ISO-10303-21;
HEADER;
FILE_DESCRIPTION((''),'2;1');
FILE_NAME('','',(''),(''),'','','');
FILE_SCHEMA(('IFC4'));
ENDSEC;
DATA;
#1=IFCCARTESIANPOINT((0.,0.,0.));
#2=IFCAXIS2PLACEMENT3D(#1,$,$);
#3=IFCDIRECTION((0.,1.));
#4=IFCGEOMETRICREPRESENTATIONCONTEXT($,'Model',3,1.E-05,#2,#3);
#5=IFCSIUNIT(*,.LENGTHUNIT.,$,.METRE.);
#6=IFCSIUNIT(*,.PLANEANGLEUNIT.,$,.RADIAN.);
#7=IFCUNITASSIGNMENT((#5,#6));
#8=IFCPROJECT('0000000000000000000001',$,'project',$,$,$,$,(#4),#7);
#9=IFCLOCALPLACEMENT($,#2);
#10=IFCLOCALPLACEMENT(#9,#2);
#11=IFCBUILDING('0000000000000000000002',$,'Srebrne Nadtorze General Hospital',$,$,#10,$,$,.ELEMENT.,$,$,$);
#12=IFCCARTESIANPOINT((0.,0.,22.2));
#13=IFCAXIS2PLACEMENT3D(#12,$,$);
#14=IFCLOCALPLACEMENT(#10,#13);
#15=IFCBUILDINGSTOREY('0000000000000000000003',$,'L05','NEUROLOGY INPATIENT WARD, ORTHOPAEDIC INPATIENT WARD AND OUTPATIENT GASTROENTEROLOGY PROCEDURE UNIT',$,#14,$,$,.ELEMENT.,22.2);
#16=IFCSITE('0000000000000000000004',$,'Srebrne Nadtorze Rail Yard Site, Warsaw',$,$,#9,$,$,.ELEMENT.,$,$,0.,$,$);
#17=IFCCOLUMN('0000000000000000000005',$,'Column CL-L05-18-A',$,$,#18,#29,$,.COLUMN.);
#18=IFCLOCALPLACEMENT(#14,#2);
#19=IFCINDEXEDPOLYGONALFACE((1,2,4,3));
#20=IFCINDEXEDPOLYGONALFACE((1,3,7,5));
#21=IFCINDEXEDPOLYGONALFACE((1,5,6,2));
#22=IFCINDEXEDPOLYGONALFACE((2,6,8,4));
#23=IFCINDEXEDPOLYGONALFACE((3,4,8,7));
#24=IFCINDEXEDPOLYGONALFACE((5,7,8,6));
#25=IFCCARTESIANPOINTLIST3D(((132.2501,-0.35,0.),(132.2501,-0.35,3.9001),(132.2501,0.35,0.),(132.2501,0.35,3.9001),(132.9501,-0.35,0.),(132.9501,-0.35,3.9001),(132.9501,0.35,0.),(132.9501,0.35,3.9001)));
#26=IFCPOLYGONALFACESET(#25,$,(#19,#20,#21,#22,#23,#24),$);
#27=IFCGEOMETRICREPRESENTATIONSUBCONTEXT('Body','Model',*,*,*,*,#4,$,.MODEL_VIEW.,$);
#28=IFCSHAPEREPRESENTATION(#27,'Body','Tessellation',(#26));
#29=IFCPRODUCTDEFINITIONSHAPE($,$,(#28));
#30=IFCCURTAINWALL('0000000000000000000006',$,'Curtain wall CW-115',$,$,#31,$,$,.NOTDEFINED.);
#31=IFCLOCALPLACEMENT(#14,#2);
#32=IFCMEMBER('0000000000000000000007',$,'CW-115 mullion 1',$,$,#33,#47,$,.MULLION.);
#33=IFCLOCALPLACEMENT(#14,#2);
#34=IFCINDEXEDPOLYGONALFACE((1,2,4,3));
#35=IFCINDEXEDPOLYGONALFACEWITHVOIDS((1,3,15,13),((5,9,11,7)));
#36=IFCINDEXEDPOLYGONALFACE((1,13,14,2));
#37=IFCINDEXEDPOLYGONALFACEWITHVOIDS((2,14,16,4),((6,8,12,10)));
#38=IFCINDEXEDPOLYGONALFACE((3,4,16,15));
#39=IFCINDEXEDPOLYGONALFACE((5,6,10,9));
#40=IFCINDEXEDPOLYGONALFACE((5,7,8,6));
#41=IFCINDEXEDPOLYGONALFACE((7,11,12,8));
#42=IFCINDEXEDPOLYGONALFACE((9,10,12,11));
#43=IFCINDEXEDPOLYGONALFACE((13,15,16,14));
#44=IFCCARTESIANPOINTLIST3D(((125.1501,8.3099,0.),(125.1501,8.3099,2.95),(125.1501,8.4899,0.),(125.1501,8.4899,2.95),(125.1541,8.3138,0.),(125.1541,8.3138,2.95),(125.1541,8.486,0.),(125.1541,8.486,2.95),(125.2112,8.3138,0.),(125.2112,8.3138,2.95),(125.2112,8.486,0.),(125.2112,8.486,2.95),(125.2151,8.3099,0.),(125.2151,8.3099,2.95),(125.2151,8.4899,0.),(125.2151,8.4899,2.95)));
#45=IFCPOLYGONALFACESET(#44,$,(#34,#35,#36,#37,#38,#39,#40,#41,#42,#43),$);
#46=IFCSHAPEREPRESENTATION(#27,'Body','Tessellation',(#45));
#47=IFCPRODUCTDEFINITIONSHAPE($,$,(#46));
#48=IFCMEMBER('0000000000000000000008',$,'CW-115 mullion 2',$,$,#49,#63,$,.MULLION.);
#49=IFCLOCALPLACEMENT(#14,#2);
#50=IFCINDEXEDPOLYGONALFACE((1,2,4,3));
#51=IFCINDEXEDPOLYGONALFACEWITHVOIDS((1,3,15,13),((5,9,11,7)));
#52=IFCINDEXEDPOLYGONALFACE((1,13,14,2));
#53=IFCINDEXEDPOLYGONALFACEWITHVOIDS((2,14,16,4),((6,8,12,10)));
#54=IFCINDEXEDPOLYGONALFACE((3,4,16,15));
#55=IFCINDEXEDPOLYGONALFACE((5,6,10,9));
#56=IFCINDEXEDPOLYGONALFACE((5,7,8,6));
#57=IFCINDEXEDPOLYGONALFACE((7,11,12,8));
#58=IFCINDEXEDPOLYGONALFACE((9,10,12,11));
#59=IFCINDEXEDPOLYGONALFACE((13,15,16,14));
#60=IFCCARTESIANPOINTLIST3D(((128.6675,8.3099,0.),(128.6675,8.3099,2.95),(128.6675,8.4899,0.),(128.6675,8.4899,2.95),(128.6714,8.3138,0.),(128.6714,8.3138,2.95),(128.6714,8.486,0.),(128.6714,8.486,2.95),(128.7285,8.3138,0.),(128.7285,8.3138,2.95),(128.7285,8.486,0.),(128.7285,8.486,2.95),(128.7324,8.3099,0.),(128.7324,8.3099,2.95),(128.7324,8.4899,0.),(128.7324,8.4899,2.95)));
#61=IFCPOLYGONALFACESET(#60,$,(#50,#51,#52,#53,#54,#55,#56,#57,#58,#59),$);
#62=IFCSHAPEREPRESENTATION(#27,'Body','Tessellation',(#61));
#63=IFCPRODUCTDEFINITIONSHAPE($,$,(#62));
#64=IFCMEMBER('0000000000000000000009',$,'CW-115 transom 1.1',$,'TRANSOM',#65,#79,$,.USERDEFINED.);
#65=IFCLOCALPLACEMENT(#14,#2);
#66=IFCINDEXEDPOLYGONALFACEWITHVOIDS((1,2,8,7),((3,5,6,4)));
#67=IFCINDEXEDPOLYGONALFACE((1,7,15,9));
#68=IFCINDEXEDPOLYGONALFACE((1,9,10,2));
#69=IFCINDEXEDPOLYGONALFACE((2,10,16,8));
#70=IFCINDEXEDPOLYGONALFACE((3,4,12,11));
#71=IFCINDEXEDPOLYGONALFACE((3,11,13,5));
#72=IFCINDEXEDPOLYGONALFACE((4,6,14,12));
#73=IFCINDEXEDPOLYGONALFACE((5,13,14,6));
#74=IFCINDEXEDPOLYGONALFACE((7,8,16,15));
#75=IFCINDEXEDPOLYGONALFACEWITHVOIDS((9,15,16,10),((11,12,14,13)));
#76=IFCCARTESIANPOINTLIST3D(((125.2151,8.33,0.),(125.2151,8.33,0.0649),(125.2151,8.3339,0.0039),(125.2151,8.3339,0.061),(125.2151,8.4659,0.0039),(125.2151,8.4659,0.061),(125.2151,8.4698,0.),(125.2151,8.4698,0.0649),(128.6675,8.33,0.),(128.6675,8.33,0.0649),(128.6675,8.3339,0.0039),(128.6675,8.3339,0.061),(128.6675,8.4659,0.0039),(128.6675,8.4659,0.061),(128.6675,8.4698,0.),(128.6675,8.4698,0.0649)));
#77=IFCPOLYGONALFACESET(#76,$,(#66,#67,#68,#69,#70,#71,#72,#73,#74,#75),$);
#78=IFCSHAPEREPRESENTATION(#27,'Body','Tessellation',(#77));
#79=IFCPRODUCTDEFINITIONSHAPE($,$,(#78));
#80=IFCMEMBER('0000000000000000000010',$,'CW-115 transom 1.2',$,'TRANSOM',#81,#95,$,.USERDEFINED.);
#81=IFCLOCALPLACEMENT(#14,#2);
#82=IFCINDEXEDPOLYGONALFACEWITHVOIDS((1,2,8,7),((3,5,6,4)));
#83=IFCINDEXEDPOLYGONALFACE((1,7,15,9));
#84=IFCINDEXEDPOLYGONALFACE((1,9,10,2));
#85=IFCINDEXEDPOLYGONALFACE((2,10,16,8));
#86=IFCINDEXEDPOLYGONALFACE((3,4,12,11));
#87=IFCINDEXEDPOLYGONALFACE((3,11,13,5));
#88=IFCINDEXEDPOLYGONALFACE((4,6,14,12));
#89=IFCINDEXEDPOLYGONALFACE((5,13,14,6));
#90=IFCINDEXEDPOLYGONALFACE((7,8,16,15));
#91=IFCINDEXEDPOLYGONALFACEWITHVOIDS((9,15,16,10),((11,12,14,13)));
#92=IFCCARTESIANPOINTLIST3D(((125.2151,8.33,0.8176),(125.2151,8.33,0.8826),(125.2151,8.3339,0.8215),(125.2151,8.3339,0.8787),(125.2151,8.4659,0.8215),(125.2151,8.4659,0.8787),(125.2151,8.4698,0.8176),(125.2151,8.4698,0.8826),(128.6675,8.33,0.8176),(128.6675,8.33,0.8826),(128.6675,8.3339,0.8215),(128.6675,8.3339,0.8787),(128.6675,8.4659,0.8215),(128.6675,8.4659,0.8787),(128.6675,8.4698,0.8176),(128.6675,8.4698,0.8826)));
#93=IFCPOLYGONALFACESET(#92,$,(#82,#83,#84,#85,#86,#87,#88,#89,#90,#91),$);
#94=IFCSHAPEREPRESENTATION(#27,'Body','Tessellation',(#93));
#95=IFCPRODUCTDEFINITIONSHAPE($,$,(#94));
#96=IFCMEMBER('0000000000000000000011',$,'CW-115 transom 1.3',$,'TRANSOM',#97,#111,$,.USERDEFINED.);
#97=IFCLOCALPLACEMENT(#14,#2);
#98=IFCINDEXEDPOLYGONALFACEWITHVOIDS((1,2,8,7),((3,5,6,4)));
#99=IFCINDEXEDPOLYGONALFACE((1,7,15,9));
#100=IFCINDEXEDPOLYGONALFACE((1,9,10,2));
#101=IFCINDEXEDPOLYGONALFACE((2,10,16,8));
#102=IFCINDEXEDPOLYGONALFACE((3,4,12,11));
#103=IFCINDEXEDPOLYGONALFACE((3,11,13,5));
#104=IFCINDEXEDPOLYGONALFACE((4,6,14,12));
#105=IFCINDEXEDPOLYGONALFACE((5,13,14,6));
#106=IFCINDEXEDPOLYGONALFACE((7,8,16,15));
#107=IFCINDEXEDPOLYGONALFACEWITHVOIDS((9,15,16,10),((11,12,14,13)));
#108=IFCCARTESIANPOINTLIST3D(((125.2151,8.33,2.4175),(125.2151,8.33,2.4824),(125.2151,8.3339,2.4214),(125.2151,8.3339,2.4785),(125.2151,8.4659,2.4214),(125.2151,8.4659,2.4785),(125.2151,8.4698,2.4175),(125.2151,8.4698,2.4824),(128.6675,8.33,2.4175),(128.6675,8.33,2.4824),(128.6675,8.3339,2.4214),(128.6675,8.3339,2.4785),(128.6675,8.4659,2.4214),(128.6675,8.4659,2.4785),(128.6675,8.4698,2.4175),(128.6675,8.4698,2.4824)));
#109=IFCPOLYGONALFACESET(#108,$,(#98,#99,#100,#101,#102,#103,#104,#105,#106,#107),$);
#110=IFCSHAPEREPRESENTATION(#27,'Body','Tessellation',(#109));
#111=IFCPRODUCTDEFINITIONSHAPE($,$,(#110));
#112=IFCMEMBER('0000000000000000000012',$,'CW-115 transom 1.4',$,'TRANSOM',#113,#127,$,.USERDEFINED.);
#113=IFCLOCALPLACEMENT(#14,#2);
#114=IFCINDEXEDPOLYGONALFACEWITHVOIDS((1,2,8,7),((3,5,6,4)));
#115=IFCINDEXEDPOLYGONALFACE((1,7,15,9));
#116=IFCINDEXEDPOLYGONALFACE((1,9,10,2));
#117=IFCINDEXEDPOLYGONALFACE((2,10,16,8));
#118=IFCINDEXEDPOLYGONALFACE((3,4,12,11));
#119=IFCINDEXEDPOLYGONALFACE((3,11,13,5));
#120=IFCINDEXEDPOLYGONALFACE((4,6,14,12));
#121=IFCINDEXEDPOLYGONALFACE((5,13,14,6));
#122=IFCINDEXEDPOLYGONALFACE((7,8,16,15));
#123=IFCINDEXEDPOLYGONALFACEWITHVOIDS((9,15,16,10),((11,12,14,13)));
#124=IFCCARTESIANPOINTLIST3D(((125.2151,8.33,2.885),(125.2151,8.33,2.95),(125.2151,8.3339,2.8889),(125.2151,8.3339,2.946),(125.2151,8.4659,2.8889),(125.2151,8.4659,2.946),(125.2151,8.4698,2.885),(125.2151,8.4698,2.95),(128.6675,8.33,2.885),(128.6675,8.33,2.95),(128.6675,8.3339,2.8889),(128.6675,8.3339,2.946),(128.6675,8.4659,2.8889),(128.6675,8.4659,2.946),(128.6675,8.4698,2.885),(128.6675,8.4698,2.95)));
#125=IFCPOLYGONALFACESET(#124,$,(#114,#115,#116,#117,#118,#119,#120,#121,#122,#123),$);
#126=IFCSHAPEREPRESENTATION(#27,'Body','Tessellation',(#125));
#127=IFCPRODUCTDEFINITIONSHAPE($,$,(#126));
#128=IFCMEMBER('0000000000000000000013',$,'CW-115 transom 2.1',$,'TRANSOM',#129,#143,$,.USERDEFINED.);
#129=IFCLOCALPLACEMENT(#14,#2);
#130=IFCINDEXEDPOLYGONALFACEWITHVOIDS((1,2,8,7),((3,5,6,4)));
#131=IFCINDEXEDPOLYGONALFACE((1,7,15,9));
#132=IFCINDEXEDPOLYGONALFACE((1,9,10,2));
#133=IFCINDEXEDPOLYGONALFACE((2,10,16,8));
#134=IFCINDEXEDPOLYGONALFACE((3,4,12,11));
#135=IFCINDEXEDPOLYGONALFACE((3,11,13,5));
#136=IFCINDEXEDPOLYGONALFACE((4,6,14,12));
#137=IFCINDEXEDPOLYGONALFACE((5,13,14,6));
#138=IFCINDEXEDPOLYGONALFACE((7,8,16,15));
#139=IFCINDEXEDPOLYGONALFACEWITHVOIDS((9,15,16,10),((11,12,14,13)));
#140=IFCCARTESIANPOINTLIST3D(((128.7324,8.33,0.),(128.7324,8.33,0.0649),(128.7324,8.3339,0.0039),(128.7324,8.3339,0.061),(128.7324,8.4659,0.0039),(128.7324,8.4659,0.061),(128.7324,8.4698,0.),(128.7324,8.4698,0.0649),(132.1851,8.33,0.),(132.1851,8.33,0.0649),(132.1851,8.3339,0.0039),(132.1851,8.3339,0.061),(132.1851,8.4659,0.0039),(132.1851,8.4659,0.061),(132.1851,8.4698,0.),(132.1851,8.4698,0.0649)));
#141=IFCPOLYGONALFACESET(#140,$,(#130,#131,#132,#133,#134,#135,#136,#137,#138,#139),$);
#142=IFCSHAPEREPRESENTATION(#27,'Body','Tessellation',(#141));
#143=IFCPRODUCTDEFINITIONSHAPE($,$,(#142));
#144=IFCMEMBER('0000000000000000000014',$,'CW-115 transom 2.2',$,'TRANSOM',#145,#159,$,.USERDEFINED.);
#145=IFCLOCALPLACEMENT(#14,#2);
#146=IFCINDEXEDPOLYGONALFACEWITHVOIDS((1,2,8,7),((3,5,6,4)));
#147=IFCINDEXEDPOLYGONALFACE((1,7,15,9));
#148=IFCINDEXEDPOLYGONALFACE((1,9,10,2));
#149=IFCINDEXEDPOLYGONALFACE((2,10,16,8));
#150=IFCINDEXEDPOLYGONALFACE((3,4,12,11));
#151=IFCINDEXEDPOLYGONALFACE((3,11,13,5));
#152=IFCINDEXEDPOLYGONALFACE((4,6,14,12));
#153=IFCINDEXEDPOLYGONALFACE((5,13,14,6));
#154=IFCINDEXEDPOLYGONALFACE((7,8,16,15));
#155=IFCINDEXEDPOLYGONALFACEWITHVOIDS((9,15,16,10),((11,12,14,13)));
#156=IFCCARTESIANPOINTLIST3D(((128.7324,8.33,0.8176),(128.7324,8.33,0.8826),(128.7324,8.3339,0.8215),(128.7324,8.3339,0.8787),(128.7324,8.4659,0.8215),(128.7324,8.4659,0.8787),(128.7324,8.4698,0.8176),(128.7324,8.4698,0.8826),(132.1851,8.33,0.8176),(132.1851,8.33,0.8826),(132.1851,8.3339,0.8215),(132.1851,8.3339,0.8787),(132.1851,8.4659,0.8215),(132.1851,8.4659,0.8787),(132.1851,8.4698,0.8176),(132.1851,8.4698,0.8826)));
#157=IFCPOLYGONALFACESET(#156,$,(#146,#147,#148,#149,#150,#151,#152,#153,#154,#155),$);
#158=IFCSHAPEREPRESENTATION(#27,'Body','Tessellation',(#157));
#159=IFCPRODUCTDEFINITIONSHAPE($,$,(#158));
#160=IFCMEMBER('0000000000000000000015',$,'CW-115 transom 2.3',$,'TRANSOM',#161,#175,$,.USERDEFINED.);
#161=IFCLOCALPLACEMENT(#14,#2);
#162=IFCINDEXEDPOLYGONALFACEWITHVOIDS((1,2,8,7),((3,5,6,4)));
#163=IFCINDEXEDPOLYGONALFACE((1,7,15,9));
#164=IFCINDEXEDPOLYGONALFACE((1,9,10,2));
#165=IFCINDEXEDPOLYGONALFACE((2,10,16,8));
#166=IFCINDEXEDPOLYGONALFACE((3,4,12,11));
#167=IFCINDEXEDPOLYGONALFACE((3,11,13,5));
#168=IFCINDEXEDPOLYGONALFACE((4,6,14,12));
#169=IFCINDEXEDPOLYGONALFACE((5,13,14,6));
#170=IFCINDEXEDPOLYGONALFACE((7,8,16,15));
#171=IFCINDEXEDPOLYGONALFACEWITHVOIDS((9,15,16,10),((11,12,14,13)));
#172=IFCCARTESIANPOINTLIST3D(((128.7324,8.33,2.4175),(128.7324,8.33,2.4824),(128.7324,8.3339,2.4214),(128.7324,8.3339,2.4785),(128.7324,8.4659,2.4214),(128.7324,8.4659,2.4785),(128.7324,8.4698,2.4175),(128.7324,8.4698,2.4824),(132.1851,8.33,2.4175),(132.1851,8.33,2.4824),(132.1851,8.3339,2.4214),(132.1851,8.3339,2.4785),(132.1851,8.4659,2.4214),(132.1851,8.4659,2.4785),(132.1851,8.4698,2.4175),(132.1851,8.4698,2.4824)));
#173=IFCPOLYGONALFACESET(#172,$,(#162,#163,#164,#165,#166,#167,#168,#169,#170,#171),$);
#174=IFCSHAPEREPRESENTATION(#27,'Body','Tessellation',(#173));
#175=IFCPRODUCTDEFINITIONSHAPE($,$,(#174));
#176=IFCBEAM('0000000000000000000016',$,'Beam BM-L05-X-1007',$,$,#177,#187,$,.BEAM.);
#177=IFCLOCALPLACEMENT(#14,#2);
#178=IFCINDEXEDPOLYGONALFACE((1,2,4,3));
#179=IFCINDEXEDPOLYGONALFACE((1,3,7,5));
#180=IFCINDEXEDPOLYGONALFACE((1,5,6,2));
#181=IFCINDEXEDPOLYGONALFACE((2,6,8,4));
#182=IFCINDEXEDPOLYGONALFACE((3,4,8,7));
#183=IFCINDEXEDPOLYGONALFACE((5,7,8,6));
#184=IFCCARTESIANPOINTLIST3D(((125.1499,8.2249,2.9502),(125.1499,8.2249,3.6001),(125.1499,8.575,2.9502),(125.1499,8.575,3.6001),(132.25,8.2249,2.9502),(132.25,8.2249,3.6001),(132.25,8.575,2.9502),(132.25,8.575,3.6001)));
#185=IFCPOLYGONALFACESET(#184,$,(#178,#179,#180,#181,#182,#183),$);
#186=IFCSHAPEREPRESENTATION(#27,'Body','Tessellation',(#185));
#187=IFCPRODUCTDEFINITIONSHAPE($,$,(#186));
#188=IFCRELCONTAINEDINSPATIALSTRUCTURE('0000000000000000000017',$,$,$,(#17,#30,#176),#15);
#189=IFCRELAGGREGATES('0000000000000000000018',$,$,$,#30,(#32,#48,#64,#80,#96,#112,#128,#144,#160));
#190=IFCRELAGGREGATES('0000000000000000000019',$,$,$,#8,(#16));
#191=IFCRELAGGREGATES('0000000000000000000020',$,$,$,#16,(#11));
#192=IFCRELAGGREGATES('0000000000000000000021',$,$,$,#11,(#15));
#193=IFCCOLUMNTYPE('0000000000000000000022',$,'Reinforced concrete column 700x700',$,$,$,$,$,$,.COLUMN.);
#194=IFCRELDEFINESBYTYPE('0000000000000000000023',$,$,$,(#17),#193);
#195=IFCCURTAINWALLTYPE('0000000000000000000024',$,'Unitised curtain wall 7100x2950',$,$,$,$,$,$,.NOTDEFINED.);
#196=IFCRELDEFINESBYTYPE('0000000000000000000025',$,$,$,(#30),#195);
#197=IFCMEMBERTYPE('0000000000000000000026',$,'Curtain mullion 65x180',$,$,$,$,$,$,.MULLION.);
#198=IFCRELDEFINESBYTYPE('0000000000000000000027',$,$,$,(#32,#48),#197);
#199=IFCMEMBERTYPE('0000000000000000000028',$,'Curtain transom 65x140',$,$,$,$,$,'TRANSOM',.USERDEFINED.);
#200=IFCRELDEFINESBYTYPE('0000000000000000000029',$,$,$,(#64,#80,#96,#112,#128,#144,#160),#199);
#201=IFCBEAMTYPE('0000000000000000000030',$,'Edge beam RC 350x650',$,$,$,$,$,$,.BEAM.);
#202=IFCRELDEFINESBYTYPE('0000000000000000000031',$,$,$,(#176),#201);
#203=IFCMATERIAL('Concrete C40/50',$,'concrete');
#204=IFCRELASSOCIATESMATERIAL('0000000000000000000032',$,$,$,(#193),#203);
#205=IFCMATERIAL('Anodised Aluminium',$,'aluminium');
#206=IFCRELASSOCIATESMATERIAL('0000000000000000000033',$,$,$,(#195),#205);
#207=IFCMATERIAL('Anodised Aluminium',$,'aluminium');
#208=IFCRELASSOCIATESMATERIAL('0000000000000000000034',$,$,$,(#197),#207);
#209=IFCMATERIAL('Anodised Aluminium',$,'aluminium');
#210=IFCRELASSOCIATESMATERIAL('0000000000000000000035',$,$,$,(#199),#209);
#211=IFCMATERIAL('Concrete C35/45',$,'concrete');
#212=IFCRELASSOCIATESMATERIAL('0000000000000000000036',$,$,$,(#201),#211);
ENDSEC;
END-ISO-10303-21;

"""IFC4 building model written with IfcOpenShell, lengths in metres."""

from ifc_helpers import new_model, si_unit, direction, frame, origin, origin_2d, place, context, subcontext, project, spatial, rectangle, hollow_rectangle, extrude, material, material_profile, profile_set, type_object, element, aggregate, save


model = new_model("IFC4")

# Units and contexts
model_context = context("Model", 3, precision=1e-05, world=origin(), true_north=direction((0.0, 1.0)))
body_context = subcontext(model_context, "Body", "Model", "MODEL_VIEW")
ifc_project = project(units=[si_unit("LENGTHUNIT", "METRE"), si_unit("PLANEANGLEUNIT", "RADIAN")], contexts=[model_context])

# Site, building, storey
site_placement = place(None, origin())
site = spatial("IfcSite", under=ifc_project, at=site_placement, Name="Srebrne Nadtorze Rail Yard Site, Warsaw", CompositionType="ELEMENT", RefElevation=0.0)
building_placement = place(site_placement, origin())
building = spatial("IfcBuilding", under=site, at=building_placement, Name="Srebrne Nadtorze General Hospital", CompositionType="ELEMENT")
storey_placement = place(building_placement, frame((0.0, 0.0, 22.2)))
storey = spatial("IfcBuildingStorey", under=building, at=storey_placement, Name="L05", Description="NEUROLOGY INPATIENT WARD, ORTHOPAEDIC INPATIENT WARD AND OUTPATIENT GASTROENTEROLOGY PROCEDURE UNIT", CompositionType="ELEMENT", Elevation=22.2)

# Column
ifc_material_1 = material(Name="Concrete C40/50", Category="concrete")
ifc_material_profile_1 = material_profile(ifc_material_1, rectangle(XDim=0.7, YDim=0.7, at=origin_2d()), Name="RC-COL-700x700")
ifc_profile_set_1 = profile_set([ifc_material_profile_1], Name="Concrete C40/50")
column_type = type_object("IfcColumnType", Name="Reinforced concrete column 700x700", PredefinedType="COLUMN", material=ifc_profile_set_1)
column_placement = place(storey_placement, frame((132.6001, 0.0, 0.0), z_axis=(0.0, 0.0, 1.0), x_axis=(1.0, 0.0, 0.0)))
element("IfcColumn", 1, at=column_placement, inside=storey, type_object=column_type, Name="Column CL-L05-18-A", PredefinedType="COLUMN", context=body_context, shape_type="SweptSolid", body=[
    extrude(rectangle(XDim=0.7, YDim=0.7, at=origin_2d()), origin(), (0.0, 0.0, 1.0), 3.9001),
])

# Curtain wall, members
ifc_material_2 = material(Name="Anodised Aluminium", Category="aluminium")
curtain_wall_type = type_object("IfcCurtainWallType", Name="Unitised curtain wall 7100x2950", PredefinedType="NOTDEFINED", material=ifc_material_2)
curtain_wall_placement = place(storey_placement, origin())
curtain_wall = element("IfcCurtainWall", 2, at=curtain_wall_placement, inside=storey, type_object=curtain_wall_type, Name="Curtain wall CW-115", PredefinedType="NOTDEFINED")
ifc_material_3 = material(Name="Anodised Aluminium", Category="aluminium")
ifc_material_profile_2 = material_profile(ifc_material_3, hollow_rectangle(XDim=0.0649, YDim=0.1799, WallThickness=0.0039, at=origin_2d()), Name="AL-MUL-65x180")
ifc_profile_set_2 = profile_set([ifc_material_profile_2], Name="Anodised Aluminium")
member_type_1 = type_object("IfcMemberType", Name="Curtain mullion 65x180", PredefinedType="MULLION", material=ifc_profile_set_2)
member_1_placement = place(storey_placement, frame((125.1826, 8.3999, 0.0), z_axis=(0.0, 0.0, 1.0), x_axis=(1.0, 0.0, 0.0)))
member_1 = element("IfcMember", 3, at=member_1_placement, type_object=member_type_1, Name="CW-115 mullion 1", PredefinedType="MULLION", context=body_context, shape_type="SweptSolid", body=[
    extrude(hollow_rectangle(XDim=0.0649, YDim=0.1799, WallThickness=0.0039, at=origin_2d()), origin(), (0.0, 0.0, 1.0), 2.95),
])
member_2_placement = place(storey_placement, frame((128.7, 8.3999, 0.0), z_axis=(0.0, 0.0, 1.0), x_axis=(1.0, 0.0, 0.0)))
member_2 = element("IfcMember", 4, at=member_2_placement, type_object=member_type_1, Name="CW-115 mullion 2", PredefinedType="MULLION", context=body_context, shape_type="SweptSolid", body=[
    extrude(hollow_rectangle(XDim=0.0649, YDim=0.1799, WallThickness=0.0039, at=origin_2d()), origin(), (0.0, 0.0, 1.0), 2.95),
])
ifc_material_4 = material(Name="Anodised Aluminium", Category="aluminium")
ifc_material_profile_3 = material_profile(ifc_material_4, hollow_rectangle(XDim=0.0649, YDim=0.1399, WallThickness=0.0039, at=origin_2d()), Name="AL-TRN-65x140")
ifc_profile_set_3 = profile_set([ifc_material_profile_3], Name="Anodised Aluminium")
member_type_2 = type_object("IfcMemberType", Name="Curtain transom 65x140", ElementType="TRANSOM", PredefinedType="USERDEFINED", material=ifc_profile_set_3)
member_3_placement = place(storey_placement, frame((125.2151, 8.3999, 0.0325), z_axis=(1.0, 0.0, 0.0), x_axis=(0.0, 0.0, 1.0)))
member_3 = element("IfcMember", 5, at=member_3_placement, type_object=member_type_2, Name="CW-115 transom 1.1", ObjectType="TRANSOM", PredefinedType="USERDEFINED", context=body_context, shape_type="SweptSolid", body=[
    extrude(hollow_rectangle(XDim=0.0649, YDim=0.1399, WallThickness=0.0039, at=origin_2d()), origin(), (0.0, 0.0, 1.0), 3.4524),
])
member_4_placement = place(storey_placement, frame((125.2151, 8.3999, 0.8501), z_axis=(1.0, 0.0, 0.0), x_axis=(0.0, 0.0, 1.0)))
member_4 = element("IfcMember", 6, at=member_4_placement, type_object=member_type_2, Name="CW-115 transom 1.2", ObjectType="TRANSOM", PredefinedType="USERDEFINED", context=body_context, shape_type="SweptSolid", body=[
    extrude(hollow_rectangle(XDim=0.0649, YDim=0.1399, WallThickness=0.0039, at=origin_2d()), origin(), (0.0, 0.0, 1.0), 3.4524),
])
member_5_placement = place(storey_placement, frame((125.2151, 8.3999, 2.45), z_axis=(1.0, 0.0, 0.0), x_axis=(0.0, 0.0, 1.0)))
member_5 = element("IfcMember", 7, at=member_5_placement, type_object=member_type_2, Name="CW-115 transom 1.3", ObjectType="TRANSOM", PredefinedType="USERDEFINED", context=body_context, shape_type="SweptSolid", body=[
    extrude(hollow_rectangle(XDim=0.0649, YDim=0.1399, WallThickness=0.0039, at=origin_2d()), origin(), (0.0, 0.0, 1.0), 3.4524),
])
member_6_placement = place(storey_placement, frame((125.2151, 8.3999, 2.9175), z_axis=(1.0, 0.0, 0.0), x_axis=(0.0, 0.0, 1.0)))
member_6 = element("IfcMember", 8, at=member_6_placement, type_object=member_type_2, Name="CW-115 transom 1.4", ObjectType="TRANSOM", PredefinedType="USERDEFINED", context=body_context, shape_type="SweptSolid", body=[
    extrude(hollow_rectangle(XDim=0.0649, YDim=0.1399, WallThickness=0.0039, at=origin_2d()), origin(), (0.0, 0.0, 1.0), 3.4524),
])
member_7_placement = place(storey_placement, frame((128.7324, 8.3999, 0.0325), z_axis=(1.0, 0.0, 0.0), x_axis=(0.0, 0.0, 1.0)))
member_7 = element("IfcMember", 9, at=member_7_placement, type_object=member_type_2, Name="CW-115 transom 2.1", ObjectType="TRANSOM", PredefinedType="USERDEFINED", context=body_context, shape_type="SweptSolid", body=[
    extrude(hollow_rectangle(XDim=0.0649, YDim=0.1399, WallThickness=0.0039, at=origin_2d()), origin(), (0.0, 0.0, 1.0), 3.4526),
])
member_8_placement = place(storey_placement, frame((128.7324, 8.3999, 0.8501), z_axis=(1.0, 0.0, 0.0), x_axis=(0.0, 0.0, 1.0)))
member_8 = element("IfcMember", 10, at=member_8_placement, type_object=member_type_2, Name="CW-115 transom 2.2", ObjectType="TRANSOM", PredefinedType="USERDEFINED", context=body_context, shape_type="SweptSolid", body=[
    extrude(hollow_rectangle(XDim=0.0649, YDim=0.1399, WallThickness=0.0039, at=origin_2d()), origin(), (0.0, 0.0, 1.0), 3.4526),
])
member_9_placement = place(storey_placement, frame((128.7324, 8.3999, 2.45), z_axis=(1.0, 0.0, 0.0), x_axis=(0.0, 0.0, 1.0)))
member_9 = element("IfcMember", 11, at=member_9_placement, type_object=member_type_2, Name="CW-115 transom 2.3", ObjectType="TRANSOM", PredefinedType="USERDEFINED", context=body_context, shape_type="SweptSolid", body=[
    extrude(hollow_rectangle(XDim=0.0649, YDim=0.1399, WallThickness=0.0039, at=origin_2d()), origin(), (0.0, 0.0, 1.0), 3.4526),
])

# Beam
ifc_material_5 = material(Name="Concrete C35/45", Category="concrete")
ifc_material_profile_4 = material_profile(ifc_material_5, rectangle(XDim=0.3501, YDim=0.6499, at=origin_2d()), Name="RC-BM-350x650")
ifc_profile_set_4 = profile_set([ifc_material_profile_4], Name="Concrete C35/45")
beam_type_1 = type_object("IfcBeamType", Name="Edge beam RC 350x650", PredefinedType="BEAM", material=ifc_profile_set_4)
beam_1_placement = place(storey_placement, frame((125.1499, 8.3999, 3.2751), z_axis=(1.0, 0.0, 0.0), x_axis=(0.0, 1.0, 0.0)))
element("IfcBeam", 12, at=beam_1_placement, inside=storey, type_object=beam_type_1, Name="Beam BM-L05-X-1007", PredefinedType="BEAM", context=body_context, shape_type="SweptSolid", body=[
    extrude(rectangle(XDim=0.3501, YDim=0.6499, at=origin_2d()), origin(), (0.0, 0.0, 1.0), 7.1001),
])

aggregate(curtain_wall, [member_1, member_2, member_3, member_4, member_5, member_6, member_7, member_8, member_9])

save(model, "model.ifc")
